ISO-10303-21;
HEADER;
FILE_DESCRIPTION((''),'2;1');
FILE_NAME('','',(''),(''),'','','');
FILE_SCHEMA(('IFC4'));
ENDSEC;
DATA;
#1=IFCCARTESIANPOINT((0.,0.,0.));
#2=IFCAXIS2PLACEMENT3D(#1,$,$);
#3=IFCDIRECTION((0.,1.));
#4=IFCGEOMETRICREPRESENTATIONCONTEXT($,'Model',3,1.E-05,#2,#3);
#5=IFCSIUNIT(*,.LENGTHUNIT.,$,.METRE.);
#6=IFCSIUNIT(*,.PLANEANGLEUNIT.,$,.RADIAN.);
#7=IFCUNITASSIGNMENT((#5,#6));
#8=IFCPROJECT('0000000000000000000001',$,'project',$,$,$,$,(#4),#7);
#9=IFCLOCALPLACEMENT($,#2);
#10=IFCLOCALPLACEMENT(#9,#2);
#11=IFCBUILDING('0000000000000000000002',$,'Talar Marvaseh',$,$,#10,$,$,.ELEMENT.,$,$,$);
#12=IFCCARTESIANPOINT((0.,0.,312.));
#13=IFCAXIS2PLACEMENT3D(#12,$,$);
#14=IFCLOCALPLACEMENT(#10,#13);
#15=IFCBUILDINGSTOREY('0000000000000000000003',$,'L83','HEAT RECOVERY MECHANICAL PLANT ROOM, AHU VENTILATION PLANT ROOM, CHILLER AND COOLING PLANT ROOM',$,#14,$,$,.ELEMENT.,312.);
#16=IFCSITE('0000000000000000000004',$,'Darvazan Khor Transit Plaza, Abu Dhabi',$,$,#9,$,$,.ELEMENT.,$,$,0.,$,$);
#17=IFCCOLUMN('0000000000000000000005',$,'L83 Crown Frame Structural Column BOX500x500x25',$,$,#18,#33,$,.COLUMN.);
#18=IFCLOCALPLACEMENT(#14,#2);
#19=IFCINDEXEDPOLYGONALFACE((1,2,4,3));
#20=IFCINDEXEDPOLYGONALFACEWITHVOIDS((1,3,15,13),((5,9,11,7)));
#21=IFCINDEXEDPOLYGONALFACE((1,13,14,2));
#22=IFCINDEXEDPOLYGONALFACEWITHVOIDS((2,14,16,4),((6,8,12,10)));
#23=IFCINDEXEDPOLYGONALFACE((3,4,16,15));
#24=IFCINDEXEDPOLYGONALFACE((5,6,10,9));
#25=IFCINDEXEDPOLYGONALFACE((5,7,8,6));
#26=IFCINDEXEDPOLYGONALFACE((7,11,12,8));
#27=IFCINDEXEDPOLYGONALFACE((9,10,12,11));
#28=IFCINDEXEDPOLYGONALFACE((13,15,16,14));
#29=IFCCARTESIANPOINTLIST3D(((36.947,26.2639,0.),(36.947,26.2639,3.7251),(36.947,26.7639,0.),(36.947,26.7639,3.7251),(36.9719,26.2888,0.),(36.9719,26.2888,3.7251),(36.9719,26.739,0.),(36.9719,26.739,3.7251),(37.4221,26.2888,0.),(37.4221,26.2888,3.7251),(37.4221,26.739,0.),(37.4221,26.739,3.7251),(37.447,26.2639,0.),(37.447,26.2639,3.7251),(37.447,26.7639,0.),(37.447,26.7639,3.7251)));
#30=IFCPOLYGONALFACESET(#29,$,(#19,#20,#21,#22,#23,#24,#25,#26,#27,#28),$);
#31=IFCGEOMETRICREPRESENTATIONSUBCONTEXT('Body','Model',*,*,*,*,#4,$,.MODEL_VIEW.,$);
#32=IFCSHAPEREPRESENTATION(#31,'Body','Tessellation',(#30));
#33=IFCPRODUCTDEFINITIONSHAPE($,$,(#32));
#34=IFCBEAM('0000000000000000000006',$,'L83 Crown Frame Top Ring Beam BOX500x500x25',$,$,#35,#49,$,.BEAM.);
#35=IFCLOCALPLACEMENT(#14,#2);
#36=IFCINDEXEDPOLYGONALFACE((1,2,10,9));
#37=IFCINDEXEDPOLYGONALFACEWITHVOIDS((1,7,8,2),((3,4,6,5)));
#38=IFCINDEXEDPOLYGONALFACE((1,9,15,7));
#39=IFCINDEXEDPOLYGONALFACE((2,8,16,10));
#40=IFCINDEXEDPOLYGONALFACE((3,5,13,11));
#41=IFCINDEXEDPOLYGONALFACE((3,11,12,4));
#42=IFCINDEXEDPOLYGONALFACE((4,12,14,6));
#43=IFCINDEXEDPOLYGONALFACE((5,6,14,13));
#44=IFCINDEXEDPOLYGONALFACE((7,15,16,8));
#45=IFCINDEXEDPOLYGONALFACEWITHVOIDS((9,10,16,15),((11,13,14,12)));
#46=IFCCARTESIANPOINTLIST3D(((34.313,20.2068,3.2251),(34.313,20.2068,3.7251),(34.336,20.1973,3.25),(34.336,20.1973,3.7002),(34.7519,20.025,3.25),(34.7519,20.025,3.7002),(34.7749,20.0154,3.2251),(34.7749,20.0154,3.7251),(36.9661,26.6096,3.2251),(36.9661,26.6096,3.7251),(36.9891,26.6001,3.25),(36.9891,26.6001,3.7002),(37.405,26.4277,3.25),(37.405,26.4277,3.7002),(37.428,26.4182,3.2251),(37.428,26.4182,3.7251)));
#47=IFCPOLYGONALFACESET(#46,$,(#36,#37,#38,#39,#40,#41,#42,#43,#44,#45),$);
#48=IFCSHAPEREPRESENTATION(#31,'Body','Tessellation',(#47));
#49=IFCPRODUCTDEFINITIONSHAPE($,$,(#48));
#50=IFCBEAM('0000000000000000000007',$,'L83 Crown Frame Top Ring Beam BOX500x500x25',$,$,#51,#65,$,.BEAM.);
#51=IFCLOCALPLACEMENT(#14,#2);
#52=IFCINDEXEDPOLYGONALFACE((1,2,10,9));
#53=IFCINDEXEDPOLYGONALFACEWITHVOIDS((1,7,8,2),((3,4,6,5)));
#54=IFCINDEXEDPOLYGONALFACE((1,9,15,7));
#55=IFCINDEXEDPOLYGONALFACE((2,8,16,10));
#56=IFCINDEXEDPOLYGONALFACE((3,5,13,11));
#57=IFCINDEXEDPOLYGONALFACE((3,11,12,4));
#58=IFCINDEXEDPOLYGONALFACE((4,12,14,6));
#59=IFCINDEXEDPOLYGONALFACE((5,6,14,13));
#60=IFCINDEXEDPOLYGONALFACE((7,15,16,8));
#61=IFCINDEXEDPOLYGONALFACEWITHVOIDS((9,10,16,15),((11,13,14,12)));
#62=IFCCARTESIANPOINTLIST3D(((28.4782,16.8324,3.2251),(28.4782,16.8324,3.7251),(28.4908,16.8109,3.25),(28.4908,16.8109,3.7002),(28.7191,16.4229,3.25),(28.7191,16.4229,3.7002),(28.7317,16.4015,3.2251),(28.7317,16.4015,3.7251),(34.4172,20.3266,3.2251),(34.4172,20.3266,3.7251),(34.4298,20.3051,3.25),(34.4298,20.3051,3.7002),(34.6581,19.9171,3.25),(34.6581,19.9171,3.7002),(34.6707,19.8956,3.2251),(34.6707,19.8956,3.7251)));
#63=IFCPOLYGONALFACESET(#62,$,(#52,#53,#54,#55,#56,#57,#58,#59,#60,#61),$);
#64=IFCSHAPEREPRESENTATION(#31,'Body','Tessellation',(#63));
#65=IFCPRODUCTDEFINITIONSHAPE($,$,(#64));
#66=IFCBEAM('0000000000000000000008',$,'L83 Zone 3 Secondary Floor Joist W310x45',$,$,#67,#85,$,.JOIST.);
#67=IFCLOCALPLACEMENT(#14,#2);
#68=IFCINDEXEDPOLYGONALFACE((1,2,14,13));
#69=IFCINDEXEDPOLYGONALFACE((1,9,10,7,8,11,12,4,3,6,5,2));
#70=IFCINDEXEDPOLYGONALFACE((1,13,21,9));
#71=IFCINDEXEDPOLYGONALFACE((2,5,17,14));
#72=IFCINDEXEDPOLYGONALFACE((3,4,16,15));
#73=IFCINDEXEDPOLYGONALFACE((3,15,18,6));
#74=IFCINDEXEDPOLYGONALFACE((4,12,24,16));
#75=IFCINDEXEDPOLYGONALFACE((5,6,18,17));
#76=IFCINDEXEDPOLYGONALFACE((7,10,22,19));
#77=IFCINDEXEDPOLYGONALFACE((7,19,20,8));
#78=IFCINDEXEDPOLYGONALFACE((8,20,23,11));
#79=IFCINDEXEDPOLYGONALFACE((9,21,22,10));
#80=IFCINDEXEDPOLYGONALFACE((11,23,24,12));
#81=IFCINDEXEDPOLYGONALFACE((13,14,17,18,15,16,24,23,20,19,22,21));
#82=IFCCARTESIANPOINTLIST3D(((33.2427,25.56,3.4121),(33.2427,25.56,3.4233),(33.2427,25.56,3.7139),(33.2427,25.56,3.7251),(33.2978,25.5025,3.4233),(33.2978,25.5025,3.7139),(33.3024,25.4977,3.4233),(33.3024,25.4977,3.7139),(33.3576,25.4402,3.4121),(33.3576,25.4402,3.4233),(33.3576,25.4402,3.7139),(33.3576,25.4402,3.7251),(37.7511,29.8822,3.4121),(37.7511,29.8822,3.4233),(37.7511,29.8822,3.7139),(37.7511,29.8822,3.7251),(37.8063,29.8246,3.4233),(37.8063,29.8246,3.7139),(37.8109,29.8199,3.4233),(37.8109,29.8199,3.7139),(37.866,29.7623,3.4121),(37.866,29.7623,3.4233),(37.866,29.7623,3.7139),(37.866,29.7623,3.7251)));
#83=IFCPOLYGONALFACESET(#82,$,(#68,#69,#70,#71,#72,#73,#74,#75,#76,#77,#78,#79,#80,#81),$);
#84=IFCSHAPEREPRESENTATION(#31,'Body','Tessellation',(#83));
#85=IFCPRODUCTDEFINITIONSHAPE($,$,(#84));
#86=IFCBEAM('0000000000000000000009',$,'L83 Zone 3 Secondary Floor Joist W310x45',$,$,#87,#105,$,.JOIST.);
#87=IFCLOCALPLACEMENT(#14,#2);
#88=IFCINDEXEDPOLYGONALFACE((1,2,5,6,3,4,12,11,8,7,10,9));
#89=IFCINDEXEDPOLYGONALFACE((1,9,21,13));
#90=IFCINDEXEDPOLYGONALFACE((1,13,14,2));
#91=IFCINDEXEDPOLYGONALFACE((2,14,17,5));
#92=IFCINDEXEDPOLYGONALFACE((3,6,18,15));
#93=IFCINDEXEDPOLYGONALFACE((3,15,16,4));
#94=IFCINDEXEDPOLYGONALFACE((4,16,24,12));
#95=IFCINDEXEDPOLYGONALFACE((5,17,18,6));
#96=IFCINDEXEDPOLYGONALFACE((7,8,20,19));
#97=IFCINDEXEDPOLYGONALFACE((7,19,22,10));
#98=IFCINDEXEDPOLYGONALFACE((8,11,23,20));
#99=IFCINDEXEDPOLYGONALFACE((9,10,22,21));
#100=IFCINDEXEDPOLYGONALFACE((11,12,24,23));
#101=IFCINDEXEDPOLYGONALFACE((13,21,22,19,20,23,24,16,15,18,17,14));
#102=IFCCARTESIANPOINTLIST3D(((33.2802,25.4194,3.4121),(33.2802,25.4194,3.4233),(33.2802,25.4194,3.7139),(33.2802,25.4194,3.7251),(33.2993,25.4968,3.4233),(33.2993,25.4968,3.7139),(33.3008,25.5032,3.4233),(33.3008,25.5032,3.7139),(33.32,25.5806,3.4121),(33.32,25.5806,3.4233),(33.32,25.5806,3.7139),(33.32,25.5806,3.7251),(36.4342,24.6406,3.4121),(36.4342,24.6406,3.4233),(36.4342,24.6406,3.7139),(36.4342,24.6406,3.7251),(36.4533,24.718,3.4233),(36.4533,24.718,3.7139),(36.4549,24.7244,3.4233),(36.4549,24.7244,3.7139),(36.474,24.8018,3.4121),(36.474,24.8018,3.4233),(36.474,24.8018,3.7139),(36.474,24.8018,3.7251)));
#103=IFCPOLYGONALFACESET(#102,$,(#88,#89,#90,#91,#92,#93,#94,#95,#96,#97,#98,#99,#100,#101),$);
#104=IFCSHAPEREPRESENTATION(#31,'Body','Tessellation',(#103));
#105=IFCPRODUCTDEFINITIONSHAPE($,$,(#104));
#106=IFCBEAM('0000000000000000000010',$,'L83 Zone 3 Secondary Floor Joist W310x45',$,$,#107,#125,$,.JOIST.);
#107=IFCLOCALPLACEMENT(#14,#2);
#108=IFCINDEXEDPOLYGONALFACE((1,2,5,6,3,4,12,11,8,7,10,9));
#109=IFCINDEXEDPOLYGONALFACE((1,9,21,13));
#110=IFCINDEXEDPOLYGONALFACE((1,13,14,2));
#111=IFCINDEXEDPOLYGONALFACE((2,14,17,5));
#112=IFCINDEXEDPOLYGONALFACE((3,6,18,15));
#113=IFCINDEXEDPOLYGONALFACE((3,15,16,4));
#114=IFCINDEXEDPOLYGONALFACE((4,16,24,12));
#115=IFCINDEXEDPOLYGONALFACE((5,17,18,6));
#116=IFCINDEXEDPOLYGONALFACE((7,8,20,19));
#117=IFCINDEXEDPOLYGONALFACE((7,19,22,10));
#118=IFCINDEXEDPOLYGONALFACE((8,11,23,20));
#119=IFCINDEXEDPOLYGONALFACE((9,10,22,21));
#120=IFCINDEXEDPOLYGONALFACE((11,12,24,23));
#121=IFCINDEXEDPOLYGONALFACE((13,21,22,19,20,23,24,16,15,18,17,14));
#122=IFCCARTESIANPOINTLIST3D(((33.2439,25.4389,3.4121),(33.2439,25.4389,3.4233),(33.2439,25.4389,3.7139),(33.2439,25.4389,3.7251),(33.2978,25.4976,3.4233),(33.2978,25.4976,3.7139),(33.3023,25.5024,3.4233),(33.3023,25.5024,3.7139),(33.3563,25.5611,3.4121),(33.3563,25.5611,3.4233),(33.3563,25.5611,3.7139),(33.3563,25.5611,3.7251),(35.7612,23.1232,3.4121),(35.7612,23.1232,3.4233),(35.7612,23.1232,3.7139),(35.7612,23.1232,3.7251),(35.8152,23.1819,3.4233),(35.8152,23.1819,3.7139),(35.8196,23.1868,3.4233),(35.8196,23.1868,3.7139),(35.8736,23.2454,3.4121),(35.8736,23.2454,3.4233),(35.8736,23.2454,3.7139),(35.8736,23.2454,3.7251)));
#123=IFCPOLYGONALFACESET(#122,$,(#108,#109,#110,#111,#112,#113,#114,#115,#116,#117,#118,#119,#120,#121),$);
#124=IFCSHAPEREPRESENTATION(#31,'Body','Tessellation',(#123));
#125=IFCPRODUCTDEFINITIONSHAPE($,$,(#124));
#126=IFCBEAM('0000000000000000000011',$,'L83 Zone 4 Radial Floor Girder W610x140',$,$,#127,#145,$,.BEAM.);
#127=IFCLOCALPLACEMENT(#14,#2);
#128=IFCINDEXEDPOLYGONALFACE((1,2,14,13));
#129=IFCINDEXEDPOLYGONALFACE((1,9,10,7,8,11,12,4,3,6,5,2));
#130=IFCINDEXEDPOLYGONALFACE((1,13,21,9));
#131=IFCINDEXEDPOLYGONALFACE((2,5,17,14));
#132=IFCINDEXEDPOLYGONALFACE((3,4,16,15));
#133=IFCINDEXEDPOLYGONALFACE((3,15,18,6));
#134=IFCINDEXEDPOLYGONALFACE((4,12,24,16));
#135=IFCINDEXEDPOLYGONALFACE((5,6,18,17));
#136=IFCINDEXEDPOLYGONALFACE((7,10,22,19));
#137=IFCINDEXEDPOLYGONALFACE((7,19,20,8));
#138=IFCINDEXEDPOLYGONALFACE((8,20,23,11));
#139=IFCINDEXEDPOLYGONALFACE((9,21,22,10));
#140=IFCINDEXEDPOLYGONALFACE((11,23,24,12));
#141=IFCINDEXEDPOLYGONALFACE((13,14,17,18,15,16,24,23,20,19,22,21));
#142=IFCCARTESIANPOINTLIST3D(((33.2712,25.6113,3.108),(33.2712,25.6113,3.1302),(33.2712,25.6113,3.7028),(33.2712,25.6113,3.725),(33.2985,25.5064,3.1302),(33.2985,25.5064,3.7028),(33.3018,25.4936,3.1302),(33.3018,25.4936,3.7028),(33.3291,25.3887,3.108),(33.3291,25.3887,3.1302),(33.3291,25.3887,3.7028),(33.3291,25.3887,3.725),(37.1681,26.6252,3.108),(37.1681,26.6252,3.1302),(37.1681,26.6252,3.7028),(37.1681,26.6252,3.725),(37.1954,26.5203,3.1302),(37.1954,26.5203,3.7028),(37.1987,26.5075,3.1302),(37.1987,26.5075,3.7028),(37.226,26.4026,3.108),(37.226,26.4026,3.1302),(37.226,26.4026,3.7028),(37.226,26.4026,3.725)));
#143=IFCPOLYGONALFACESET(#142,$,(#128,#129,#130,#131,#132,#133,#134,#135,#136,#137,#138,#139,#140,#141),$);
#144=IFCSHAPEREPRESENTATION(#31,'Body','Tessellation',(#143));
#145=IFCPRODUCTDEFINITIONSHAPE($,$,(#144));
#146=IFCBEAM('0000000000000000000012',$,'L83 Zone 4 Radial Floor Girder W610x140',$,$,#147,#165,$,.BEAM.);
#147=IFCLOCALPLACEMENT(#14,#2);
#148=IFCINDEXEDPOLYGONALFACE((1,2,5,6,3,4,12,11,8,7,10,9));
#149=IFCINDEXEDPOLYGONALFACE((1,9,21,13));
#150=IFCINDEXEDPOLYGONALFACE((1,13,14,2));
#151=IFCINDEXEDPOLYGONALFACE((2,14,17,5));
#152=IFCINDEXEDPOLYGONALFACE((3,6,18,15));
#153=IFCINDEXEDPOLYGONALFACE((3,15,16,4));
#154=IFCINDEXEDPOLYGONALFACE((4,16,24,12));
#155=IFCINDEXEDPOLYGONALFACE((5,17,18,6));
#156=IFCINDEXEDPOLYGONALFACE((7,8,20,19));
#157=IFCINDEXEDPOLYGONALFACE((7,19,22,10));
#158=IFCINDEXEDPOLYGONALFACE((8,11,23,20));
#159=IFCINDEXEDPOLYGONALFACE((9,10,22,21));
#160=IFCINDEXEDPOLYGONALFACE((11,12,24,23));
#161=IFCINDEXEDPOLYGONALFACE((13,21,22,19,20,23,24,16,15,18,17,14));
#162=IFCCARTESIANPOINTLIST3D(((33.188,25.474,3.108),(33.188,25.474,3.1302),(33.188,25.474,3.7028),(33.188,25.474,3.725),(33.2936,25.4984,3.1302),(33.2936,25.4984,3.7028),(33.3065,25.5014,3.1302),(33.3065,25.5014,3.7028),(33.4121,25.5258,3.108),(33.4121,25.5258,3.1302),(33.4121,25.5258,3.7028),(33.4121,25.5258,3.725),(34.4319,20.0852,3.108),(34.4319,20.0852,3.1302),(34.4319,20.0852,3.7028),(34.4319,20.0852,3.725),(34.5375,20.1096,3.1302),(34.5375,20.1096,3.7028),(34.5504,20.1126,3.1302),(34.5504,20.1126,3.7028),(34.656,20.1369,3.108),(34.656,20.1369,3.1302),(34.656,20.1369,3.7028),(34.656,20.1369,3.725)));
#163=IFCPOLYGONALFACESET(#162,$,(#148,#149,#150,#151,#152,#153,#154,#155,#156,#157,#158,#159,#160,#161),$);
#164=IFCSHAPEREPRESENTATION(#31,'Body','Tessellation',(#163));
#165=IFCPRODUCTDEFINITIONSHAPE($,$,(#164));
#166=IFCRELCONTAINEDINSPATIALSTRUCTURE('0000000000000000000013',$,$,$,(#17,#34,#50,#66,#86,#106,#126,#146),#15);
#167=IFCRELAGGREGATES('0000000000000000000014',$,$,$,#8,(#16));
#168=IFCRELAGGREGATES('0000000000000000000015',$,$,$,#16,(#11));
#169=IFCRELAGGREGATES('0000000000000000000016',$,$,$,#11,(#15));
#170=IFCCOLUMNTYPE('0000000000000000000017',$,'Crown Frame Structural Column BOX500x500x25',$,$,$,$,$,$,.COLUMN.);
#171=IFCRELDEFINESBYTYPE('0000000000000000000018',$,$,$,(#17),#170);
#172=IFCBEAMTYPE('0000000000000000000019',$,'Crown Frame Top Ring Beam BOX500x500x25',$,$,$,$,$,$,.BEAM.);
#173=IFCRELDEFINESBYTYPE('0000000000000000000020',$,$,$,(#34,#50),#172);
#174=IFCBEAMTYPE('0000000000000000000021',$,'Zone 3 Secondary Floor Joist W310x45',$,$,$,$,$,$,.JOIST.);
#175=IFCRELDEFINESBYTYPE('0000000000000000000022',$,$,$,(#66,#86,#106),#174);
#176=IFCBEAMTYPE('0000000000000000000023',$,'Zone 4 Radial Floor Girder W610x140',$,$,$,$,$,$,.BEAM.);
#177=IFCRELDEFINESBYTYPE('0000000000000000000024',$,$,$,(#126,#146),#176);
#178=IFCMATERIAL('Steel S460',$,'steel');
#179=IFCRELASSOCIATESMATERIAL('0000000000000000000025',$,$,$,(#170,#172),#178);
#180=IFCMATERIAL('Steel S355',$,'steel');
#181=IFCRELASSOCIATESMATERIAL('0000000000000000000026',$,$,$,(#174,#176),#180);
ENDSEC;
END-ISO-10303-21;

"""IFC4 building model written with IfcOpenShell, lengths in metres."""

from ifc_helpers import new_model, si_unit, direction, frame, origin, origin_2d, place, context, subcontext, project, spatial, hollow_rectangle, i_section, extrude, material, material_profile, profile_set, type_object, element, save


model = new_model("IFC4")

# Units and contexts
model_context = context("Model", 3, precision=1e-05, world=origin(), true_north=direction((0.0, 1.0)))
body_context = subcontext(model_context, "Body", "Model", "MODEL_VIEW")
ifc_project = project(units=[si_unit("LENGTHUNIT", "METRE"), si_unit("PLANEANGLEUNIT", "RADIAN")], contexts=[model_context])

# Site, building, storey
site_placement = place(None, origin())
site = spatial("IfcSite", under=ifc_project, at=site_placement, Name="Darvazan Khor Transit Plaza, Abu Dhabi", CompositionType="ELEMENT", RefElevation=0.0)
building_placement = place(site_placement, origin())
building = spatial("IfcBuilding", under=site, at=building_placement, Name="Talar Marvaseh", CompositionType="ELEMENT")
storey_placement = place(building_placement, frame((0.0, 0.0, 312.0)))
storey = spatial("IfcBuildingStorey", under=building, at=storey_placement, Name="L83", Description="HEAT RECOVERY MECHANICAL PLANT ROOM, AHU VENTILATION PLANT ROOM, CHILLER AND COOLING PLANT ROOM", CompositionType="ELEMENT", Elevation=312.0)

# Column
ifc_material_1 = material(Name="Steel S460", Category="steel")
ifc_material_profile_1 = material_profile(ifc_material_1, hollow_rectangle(XDim=0.5, YDim=0.5, WallThickness=0.0249, at=origin_2d()), Name="BOX500x500x25")
ifc_profile_set_1 = profile_set([ifc_material_profile_1], Name="Steel S460")
column_type = type_object("IfcColumnType", Name="Crown Frame Structural Column BOX500x500x25", PredefinedType="COLUMN", material=ifc_profile_set_1)
column_placement = place(storey_placement, frame((37.197, 26.5139, 0.0), z_axis=(0.0, 0.0, 1.0), x_axis=(1.0, 0.0, 0.0)))
element("IfcColumn", 1, at=column_placement, inside=storey, type_object=column_type, Name="L83 Crown Frame Structural Column BOX500x500x25", PredefinedType="COLUMN", context=body_context, shape_type="SweptSolid", body=[
    extrude(hollow_rectangle(XDim=0.5, YDim=0.5, WallThickness=0.0249, at=origin_2d()), origin(), (0.0, 0.0, 1.0), 3.7251),
])

# Beams
ifc_material_profile_2 = material_profile(ifc_material_1, hollow_rectangle(XDim=0.5, YDim=0.5, WallThickness=0.0249, at=origin_2d()), Name="BOX500x500x25")
ifc_profile_set_2 = profile_set([ifc_material_profile_2], Name="Steel S460")
beam_type_1 = type_object("IfcBeamType", Name="Crown Frame Top Ring Beam BOX500x500x25", PredefinedType="BEAM", material=ifc_profile_set_2)
beam_1_placement = place(storey_placement, frame((37.197, 26.5139, 3.4751), z_axis=(-0.382799, -0.923832, 0.0), x_axis=(0.923832, -0.382799, 0.0)))
element("IfcBeam", 2, at=beam_1_placement, inside=storey, type_object=beam_type_1, Name="L83 Crown Frame Top Ring Beam BOX500x500x25", PredefinedType="BEAM", context=body_context, shape_type="SweptSolid", body=[
    extrude(hollow_rectangle(XDim=0.5, YDim=0.5, WallThickness=0.0249, at=origin_2d()), origin(), (0.0, 0.0, 1.0), 6.9307),
])
beam_2_placement = place(storey_placement, frame((34.5439, 20.1111, 3.4751), z_axis=(-0.861894, -0.507088, 0.0), x_axis=(0.507088, -0.861894, 0.0)))
element("IfcBeam", 3, at=beam_2_placement, inside=storey, type_object=beam_type_1, Name="L83 Crown Frame Top Ring Beam BOX500x500x25", PredefinedType="BEAM", context=body_context, shape_type="SweptSolid", body=[
    extrude(hollow_rectangle(XDim=0.5, YDim=0.5, WallThickness=0.0249, at=origin_2d()), origin(), (0.0, 0.0, 1.0), 6.8906),
])
ifc_material_2 = material(Name="Steel S355", Category="steel")
ifc_material_profile_3 = material_profile(ifc_material_2, i_section(OverallWidth=0.166, OverallDepth=0.313, WebThickness=0.0066, FlangeThickness=0.0112, at=origin_2d()), Name="W310x45")
ifc_profile_set_3 = profile_set([ifc_material_profile_3], Name="Steel S355")
beam_type_2 = type_object("IfcBeamType", Name="Zone 3 Secondary Floor Joist W310x45", PredefinedType="JOIST", material=ifc_profile_set_3)
beam_3_placement = place(storey_placement, frame((37.8086, 29.8223, 3.5686), z_axis=(-0.721862, -0.692037, 0.0), x_axis=(0.692037, -0.721862, 0.0)))
element("IfcBeam", 4, at=beam_3_placement, inside=storey, type_object=beam_type_2, Name="L83 Zone 3 Secondary Floor Joist W310x45", PredefinedType="JOIST", context=body_context, shape_type="SweptSolid", body=[
    extrude(i_section(OverallWidth=0.166, OverallDepth=0.313, WebThickness=0.0066, FlangeThickness=0.0112, at=origin_2d()), origin(), (0.0, 0.0, 1.0), 6.2456),
])
beam_4_placement = place(storey_placement, frame((36.4541, 24.7212, 3.5686), z_axis=(-0.970841, 0.239723, 0.0), x_axis=(-0.239723, -0.970841, 0.0)))
element("IfcBeam", 5, at=beam_4_placement, inside=storey, type_object=beam_type_2, Name="L83 Zone 3 Secondary Floor Joist W310x45", PredefinedType="JOIST", context=body_context, shape_type="SweptSolid", body=[
    extrude(i_section(OverallWidth=0.166, OverallDepth=0.313, WebThickness=0.0066, FlangeThickness=0.0112, at=origin_2d()), origin(), (0.0, 0.0, 1.0), 3.2488),
])
beam_5_placement = place(storey_placement, frame((35.8174, 23.1843, 3.5686), z_axis=(-0.735971, 0.677013, 0.0), x_axis=(-0.677013, -0.735971, 0.0)))
element("IfcBeam", 6, at=beam_5_placement, inside=storey, type_object=beam_type_2, Name="L83 Zone 3 Secondary Floor Joist W310x45", PredefinedType="JOIST", context=body_context, shape_type="SweptSolid", body=[
    extrude(i_section(OverallWidth=0.166, OverallDepth=0.313, WebThickness=0.0066, FlangeThickness=0.0112, at=origin_2d()), origin(), (0.0, 0.0, 1.0), 3.4204),
])
ifc_material_profile_4 = material_profile(ifc_material_2, i_section(OverallWidth=0.23, OverallDepth=0.6169, WebThickness=0.0132, FlangeThickness=0.0222, at=origin_2d()), Name="W610x140")
ifc_profile_set_4 = profile_set([ifc_material_profile_4], Name="Steel S355")
beam_type_3 = type_object("IfcBeamType", Name="Zone 4 Radial Floor Girder W610x140", PredefinedType="BEAM", material=ifc_profile_set_4)
beam_6_placement = place(storey_placement, frame((37.197, 26.5139, 3.4165), z_axis=(-0.96778, -0.251797, 0.0), x_axis=(0.251797, -0.96778, 0.0)))
element("IfcBeam", 7, at=beam_6_placement, inside=storey, type_object=beam_type_3, Name="L83 Zone 4 Radial Floor Girder W610x140", PredefinedType="BEAM", context=body_context, shape_type="SweptSolid", body=[
    extrude(i_section(OverallWidth=0.23, OverallDepth=0.6169, WebThickness=0.0132, FlangeThickness=0.0222, at=origin_2d()), origin(), (0.0, 0.0, 1.0), 4.0266),
])
beam_7_placement = place(storey_placement, frame((34.5439, 20.1111, 3.4165), z_axis=(-0.224911, 0.974379, 0.0), x_axis=(-0.974379, -0.224911, 0.0)))
element("IfcBeam", 8, at=beam_7_placement, inside=storey, type_object=beam_type_3, Name="L83 Zone 4 Radial Floor Girder W610x140", PredefinedType="BEAM", context=body_context, shape_type="SweptSolid", body=[
    extrude(i_section(OverallWidth=0.23, OverallDepth=0.6169, WebThickness=0.0132, FlangeThickness=0.0222, at=origin_2d()), origin(), (0.0, 0.0, 1.0), 5.5305),
])

save(model, "model.ifc")
